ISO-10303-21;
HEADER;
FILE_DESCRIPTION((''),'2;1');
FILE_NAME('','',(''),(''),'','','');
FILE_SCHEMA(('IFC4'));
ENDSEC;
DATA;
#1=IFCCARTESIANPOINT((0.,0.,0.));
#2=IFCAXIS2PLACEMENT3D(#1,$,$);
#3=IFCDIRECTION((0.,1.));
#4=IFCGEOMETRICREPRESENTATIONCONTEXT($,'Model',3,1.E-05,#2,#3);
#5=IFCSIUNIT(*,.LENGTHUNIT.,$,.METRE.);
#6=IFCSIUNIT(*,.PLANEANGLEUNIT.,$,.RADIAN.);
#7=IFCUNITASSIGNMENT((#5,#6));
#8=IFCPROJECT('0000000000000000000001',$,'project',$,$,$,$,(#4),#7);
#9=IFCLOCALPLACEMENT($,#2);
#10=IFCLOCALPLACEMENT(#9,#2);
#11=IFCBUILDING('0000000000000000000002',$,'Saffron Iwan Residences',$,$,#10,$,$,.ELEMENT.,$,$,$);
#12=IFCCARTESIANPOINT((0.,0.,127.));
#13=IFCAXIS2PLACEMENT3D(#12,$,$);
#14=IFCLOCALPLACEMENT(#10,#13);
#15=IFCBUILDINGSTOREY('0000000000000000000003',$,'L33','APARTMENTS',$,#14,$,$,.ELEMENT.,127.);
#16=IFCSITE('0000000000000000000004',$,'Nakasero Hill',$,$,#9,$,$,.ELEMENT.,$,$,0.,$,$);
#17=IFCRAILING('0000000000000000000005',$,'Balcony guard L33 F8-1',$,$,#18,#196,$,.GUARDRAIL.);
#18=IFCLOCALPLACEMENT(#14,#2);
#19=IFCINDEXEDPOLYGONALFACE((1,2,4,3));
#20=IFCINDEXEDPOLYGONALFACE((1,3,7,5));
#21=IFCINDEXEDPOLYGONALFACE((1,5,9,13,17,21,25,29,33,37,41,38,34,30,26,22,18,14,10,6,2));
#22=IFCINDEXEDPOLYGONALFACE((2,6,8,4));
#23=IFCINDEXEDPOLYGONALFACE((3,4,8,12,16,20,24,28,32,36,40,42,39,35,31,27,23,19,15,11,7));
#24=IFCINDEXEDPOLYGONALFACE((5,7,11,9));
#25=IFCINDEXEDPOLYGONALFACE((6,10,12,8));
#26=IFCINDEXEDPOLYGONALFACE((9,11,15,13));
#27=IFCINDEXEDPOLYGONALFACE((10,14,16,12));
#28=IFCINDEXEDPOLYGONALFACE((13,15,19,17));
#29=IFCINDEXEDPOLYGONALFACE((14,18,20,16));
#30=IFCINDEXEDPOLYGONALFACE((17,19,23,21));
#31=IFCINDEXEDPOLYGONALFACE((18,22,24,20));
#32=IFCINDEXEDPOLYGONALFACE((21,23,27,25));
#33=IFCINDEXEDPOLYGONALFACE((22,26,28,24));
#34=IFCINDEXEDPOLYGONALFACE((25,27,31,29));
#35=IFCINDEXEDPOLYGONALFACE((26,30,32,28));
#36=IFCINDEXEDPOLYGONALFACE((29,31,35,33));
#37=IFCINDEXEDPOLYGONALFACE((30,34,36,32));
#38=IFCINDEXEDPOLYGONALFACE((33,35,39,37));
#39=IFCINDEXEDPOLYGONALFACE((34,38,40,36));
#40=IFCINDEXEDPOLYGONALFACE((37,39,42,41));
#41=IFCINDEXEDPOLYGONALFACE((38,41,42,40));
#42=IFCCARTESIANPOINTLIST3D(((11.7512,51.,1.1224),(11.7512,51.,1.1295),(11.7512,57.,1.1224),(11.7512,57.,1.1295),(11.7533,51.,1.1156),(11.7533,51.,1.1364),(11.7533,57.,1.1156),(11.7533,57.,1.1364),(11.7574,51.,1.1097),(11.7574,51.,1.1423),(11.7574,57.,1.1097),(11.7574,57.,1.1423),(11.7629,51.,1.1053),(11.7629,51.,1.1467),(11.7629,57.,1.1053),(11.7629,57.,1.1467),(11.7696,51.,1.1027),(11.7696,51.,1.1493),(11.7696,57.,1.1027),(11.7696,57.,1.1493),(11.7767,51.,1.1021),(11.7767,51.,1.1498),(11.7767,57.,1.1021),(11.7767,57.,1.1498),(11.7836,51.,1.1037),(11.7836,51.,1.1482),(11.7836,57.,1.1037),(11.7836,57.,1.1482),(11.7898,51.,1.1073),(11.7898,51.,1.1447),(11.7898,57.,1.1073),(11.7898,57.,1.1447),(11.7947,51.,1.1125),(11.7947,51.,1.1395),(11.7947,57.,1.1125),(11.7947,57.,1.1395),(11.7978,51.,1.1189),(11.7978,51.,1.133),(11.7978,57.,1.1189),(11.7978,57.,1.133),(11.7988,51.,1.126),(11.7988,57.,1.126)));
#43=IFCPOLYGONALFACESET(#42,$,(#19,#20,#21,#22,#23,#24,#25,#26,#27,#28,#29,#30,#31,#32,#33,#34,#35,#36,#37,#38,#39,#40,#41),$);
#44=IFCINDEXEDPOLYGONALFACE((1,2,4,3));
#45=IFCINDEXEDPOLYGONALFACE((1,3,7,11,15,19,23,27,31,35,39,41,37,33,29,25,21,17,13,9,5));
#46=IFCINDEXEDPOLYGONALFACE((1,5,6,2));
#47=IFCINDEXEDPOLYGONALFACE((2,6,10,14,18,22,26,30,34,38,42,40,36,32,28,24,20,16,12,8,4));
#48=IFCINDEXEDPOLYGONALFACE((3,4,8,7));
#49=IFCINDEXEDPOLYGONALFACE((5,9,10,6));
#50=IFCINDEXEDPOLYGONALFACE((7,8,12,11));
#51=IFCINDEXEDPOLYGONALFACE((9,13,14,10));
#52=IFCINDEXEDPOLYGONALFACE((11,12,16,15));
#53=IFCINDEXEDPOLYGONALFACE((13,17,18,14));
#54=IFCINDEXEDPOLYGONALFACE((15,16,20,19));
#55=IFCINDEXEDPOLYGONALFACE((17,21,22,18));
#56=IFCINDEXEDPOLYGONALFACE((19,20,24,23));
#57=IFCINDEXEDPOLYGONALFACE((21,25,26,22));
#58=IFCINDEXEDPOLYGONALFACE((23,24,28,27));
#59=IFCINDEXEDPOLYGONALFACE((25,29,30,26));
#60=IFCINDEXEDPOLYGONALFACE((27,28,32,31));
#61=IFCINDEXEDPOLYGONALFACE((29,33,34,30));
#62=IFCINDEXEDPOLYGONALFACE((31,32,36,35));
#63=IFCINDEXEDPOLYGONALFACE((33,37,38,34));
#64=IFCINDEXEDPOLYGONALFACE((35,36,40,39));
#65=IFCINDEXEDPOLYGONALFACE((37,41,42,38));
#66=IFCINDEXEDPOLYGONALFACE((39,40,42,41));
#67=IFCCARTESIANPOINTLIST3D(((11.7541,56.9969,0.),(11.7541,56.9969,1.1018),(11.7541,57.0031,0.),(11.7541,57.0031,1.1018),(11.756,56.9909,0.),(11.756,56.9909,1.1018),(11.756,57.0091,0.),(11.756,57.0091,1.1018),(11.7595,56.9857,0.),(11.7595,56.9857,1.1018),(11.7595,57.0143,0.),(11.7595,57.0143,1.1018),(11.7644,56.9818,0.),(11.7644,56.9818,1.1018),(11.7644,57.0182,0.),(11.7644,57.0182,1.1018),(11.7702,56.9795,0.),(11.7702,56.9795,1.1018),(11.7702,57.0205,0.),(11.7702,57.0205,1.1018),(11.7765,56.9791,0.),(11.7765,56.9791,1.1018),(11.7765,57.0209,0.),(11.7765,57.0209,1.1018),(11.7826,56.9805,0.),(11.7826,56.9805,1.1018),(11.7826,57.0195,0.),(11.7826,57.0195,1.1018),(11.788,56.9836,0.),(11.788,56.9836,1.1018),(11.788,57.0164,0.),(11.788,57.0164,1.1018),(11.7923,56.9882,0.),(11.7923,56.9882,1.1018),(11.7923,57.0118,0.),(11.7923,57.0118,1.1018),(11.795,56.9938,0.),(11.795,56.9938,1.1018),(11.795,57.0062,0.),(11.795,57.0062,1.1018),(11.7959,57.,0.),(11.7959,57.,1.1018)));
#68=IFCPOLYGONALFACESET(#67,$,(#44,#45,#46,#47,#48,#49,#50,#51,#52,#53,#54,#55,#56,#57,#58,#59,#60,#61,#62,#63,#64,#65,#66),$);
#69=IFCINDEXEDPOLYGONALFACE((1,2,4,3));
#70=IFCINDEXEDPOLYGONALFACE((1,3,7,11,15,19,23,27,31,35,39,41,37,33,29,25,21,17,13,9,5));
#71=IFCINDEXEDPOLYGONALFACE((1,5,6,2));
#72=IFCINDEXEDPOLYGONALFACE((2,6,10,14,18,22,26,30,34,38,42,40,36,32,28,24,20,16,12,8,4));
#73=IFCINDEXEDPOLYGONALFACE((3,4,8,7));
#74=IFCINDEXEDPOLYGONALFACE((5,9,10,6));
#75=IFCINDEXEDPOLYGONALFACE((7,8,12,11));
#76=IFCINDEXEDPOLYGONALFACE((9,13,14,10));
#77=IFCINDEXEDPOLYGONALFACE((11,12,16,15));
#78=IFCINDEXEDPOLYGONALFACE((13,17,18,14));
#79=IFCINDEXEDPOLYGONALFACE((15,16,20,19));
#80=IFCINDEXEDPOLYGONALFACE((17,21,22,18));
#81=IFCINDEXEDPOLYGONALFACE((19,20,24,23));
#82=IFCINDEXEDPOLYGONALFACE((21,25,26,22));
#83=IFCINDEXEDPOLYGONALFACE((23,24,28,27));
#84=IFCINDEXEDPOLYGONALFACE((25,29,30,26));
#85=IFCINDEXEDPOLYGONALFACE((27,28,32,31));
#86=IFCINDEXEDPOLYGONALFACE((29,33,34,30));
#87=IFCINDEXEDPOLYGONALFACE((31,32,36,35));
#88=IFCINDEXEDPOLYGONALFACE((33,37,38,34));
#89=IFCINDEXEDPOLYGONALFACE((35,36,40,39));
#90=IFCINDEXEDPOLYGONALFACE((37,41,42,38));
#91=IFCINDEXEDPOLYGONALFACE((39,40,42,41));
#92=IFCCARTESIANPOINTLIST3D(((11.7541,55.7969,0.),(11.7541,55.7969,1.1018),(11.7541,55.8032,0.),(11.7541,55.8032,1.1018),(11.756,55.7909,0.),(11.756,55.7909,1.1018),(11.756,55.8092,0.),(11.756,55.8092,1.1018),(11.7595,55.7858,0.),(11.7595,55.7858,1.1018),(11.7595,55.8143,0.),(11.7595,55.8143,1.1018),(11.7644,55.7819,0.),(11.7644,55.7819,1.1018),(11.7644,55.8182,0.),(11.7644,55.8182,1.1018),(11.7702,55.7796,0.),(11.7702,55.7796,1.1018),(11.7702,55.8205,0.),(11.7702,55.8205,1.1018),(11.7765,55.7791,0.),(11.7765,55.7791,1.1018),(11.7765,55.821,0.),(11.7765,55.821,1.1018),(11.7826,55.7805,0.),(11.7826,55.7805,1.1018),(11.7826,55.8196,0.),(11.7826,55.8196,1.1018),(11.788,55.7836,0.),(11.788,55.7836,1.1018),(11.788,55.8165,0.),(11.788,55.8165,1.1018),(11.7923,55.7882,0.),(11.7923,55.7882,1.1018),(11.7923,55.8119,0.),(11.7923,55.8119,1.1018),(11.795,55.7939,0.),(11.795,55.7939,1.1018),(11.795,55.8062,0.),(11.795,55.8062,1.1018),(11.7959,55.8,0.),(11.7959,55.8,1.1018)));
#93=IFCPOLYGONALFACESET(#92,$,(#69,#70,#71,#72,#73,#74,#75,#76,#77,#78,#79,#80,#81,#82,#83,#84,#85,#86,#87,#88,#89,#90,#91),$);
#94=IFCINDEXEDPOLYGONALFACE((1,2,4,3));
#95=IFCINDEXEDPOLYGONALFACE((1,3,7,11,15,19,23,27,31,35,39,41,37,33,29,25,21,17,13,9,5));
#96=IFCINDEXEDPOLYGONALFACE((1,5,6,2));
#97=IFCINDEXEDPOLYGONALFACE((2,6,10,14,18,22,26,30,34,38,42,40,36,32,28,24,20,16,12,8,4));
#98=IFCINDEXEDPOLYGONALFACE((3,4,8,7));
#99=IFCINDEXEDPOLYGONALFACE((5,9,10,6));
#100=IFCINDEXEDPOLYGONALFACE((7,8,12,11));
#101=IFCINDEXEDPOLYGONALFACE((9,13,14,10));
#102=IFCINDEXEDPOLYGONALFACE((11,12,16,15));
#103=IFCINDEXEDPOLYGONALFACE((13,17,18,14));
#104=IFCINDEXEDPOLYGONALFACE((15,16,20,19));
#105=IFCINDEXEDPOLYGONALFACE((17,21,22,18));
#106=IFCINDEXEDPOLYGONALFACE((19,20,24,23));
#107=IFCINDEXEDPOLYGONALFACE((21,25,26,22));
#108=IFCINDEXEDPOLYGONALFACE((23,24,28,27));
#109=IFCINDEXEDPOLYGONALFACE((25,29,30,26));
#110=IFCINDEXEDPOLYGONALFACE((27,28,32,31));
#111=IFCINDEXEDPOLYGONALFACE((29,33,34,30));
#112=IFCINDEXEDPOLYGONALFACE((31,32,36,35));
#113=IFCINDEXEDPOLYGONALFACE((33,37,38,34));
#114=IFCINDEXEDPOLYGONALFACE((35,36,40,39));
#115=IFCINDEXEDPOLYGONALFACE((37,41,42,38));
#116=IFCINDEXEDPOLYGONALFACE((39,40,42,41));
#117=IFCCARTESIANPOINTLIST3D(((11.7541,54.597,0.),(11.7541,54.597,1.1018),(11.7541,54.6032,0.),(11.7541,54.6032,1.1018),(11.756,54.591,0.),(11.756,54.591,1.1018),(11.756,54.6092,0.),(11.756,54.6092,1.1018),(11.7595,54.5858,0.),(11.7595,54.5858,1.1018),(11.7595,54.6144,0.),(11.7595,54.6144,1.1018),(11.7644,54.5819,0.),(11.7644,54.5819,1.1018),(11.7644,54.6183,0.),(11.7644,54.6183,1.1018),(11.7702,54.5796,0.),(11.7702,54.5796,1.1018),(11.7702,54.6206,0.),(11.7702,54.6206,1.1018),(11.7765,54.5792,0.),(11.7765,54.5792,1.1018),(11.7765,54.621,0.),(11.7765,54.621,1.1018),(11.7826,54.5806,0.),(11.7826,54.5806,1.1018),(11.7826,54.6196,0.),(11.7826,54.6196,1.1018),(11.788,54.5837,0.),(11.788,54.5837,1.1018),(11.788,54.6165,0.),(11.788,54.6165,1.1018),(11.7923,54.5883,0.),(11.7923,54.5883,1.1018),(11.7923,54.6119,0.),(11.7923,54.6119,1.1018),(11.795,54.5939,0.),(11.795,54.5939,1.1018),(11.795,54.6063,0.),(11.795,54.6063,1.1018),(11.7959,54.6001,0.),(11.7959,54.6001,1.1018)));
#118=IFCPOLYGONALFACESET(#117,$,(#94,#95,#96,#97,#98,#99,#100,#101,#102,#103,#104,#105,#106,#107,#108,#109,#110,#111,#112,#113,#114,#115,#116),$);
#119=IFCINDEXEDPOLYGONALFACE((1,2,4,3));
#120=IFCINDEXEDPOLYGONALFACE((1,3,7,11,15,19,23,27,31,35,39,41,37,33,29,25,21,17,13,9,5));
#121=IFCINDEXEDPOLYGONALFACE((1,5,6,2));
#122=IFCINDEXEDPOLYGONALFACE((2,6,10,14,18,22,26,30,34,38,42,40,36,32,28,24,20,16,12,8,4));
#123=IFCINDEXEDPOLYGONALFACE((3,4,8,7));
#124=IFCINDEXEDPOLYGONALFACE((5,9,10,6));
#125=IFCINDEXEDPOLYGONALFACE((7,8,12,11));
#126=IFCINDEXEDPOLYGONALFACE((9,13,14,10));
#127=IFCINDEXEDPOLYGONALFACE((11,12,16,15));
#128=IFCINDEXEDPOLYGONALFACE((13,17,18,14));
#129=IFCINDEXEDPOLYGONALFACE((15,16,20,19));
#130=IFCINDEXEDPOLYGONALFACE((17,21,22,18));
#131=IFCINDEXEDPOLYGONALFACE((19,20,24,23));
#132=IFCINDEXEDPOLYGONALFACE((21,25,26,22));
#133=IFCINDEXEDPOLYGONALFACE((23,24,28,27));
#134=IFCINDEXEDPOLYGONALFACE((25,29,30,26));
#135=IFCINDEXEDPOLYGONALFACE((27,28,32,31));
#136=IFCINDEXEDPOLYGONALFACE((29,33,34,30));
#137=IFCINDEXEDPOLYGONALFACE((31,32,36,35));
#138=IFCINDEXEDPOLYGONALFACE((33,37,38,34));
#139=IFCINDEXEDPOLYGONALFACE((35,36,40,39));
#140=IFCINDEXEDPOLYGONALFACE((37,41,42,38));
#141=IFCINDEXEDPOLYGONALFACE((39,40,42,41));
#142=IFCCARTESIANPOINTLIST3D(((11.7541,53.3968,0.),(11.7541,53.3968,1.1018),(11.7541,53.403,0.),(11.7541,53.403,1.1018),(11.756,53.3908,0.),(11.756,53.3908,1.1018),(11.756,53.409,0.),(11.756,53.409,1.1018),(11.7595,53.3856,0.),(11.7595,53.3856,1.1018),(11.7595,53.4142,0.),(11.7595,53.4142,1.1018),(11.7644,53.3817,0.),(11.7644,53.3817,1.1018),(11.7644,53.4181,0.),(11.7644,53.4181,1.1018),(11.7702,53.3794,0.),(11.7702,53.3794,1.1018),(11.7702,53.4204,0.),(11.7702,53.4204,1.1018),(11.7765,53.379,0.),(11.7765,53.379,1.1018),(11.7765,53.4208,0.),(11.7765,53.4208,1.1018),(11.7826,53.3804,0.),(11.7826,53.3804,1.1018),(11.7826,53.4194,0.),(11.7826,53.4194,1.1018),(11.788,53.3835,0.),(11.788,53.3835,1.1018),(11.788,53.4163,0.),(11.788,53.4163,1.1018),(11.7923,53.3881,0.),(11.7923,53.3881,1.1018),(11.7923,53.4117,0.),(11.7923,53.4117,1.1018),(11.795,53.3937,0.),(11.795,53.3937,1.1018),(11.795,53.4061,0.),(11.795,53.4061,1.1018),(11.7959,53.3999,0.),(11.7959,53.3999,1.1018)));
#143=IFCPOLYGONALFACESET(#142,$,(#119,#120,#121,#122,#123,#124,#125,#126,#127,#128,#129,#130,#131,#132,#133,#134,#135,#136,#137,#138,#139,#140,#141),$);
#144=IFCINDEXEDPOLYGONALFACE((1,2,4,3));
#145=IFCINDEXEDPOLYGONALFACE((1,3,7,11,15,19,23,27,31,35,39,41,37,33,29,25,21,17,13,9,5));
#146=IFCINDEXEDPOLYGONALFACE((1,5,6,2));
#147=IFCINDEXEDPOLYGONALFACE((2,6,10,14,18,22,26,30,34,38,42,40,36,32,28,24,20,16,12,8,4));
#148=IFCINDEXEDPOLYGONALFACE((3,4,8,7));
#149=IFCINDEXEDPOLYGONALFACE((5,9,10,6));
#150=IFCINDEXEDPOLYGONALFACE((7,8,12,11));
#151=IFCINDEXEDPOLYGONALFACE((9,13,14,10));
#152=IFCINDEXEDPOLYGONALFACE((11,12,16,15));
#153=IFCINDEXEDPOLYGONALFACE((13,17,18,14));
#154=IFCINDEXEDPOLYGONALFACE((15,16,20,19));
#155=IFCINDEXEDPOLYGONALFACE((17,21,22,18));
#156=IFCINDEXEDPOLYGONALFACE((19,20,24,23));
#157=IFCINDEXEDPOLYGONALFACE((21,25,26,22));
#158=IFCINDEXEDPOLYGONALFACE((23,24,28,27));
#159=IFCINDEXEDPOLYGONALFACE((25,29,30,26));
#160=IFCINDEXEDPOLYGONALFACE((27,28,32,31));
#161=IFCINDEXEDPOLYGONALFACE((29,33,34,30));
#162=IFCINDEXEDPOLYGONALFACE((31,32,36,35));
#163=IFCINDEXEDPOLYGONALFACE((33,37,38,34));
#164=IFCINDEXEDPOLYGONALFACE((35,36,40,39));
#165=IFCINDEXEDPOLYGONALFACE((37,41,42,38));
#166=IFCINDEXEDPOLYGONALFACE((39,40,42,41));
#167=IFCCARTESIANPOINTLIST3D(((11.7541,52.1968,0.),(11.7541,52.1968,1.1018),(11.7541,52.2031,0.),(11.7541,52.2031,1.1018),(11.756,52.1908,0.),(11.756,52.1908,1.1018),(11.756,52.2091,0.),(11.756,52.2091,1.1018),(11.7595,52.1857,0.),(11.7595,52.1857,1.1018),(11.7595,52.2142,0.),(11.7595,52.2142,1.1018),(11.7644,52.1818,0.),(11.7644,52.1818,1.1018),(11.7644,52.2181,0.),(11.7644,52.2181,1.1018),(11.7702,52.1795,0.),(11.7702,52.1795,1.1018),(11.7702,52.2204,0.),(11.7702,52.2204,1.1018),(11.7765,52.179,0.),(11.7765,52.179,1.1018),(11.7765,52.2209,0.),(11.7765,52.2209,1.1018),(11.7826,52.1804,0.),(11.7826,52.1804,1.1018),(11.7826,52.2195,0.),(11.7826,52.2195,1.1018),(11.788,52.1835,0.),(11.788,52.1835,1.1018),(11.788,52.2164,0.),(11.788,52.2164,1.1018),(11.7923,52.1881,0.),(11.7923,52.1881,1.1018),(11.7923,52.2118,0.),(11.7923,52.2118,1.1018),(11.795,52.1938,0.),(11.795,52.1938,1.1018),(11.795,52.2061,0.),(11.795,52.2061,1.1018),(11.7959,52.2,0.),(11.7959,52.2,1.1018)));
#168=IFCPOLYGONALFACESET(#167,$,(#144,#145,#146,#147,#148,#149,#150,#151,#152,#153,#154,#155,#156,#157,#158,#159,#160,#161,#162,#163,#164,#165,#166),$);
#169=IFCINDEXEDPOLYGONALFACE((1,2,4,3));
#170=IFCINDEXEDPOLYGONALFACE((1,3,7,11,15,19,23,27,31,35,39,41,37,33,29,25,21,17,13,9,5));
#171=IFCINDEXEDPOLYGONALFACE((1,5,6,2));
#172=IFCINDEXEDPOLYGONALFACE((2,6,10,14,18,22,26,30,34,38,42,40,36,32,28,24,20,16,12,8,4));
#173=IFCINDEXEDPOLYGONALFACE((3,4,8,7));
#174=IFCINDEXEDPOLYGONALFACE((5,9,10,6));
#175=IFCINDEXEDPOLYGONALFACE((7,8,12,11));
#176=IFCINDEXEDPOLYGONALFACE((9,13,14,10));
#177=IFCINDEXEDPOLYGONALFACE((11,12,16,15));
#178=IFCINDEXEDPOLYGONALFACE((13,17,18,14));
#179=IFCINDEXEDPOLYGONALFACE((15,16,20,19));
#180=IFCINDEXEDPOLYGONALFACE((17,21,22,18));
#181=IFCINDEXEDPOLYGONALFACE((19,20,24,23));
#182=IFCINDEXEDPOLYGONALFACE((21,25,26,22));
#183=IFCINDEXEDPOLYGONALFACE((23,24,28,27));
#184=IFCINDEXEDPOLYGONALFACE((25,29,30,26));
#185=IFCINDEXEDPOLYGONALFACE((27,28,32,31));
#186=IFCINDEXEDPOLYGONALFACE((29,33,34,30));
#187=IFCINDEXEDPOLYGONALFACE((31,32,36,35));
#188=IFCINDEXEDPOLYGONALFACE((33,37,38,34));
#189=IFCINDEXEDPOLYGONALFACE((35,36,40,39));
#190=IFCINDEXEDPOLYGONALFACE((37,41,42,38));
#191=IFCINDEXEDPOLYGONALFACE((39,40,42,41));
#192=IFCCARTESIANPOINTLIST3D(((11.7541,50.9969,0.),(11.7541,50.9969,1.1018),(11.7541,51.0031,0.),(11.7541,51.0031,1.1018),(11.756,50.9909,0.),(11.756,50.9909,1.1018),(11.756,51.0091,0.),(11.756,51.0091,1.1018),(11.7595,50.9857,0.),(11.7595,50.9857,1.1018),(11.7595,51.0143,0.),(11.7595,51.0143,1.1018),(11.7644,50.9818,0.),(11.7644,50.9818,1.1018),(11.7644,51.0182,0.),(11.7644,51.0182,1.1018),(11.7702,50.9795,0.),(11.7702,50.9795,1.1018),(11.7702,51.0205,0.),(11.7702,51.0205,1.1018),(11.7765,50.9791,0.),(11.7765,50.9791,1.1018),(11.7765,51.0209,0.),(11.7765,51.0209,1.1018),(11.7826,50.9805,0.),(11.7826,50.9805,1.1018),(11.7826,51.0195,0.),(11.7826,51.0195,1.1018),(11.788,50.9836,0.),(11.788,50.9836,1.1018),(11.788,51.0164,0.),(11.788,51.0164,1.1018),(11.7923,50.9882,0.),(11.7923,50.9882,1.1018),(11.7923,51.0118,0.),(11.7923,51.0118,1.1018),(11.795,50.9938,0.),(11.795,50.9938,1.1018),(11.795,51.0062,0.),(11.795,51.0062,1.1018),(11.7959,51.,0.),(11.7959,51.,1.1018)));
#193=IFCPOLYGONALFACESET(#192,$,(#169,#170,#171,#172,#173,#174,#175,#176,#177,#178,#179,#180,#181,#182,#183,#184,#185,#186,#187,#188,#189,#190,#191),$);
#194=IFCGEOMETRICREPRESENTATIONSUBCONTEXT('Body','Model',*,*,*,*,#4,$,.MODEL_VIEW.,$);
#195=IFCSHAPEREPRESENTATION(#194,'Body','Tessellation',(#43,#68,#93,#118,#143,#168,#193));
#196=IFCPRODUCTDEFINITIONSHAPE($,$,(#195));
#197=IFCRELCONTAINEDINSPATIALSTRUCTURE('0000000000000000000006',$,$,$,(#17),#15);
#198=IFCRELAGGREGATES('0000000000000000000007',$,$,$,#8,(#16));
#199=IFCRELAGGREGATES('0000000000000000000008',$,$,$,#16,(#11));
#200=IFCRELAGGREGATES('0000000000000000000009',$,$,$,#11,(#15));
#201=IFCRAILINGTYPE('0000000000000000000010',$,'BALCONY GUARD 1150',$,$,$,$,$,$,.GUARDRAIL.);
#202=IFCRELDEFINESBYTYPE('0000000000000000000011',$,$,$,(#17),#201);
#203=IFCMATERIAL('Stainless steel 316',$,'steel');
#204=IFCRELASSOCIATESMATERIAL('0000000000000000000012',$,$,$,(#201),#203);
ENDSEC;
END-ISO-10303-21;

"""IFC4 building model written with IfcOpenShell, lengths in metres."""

from ifc_helpers import new_model, si_unit, direction, frame, origin, origin_2d, place, context, subcontext, project, spatial, circle, extrude, material, type_object, element, save


model = new_model("IFC4")

# Units and contexts
model_context = context("Model", 3, precision=1e-05, world=origin(), true_north=direction((0.0, 1.0)))
body_context = subcontext(model_context, "Body", "Model", "MODEL_VIEW")
ifc_project = project(units=[si_unit("LENGTHUNIT", "METRE"), si_unit("PLANEANGLEUNIT", "RADIAN")], contexts=[model_context])

# Site, building, storey
site_placement = place(None, origin())
site = spatial("IfcSite", under=ifc_project, at=site_placement, Name="Nakasero Hill", CompositionType="ELEMENT", RefElevation=0.0)
building_placement = place(site_placement, origin())
building = spatial("IfcBuilding", under=site, at=building_placement, Name="Saffron Iwan Residences", CompositionType="ELEMENT")
storey_placement = place(building_placement, frame((0.0, 0.0, 127.0)))
storey = spatial("IfcBuildingStorey", under=building, at=storey_placement, Name="L33", Description="APARTMENTS", CompositionType="ELEMENT", Elevation=127.0)

# Railing
ifc_material_1 = material(Name="Stainless steel 316", Category="steel")
railing_type = type_object("IfcRailingType", Name="BALCONY GUARD 1150", PredefinedType="GUARDRAIL", material=ifc_material_1)
railing_placement = place(storey_placement, frame((11.7749, 57.0, 0.0)))
element("IfcRailing", 1, at=railing_placement, inside=storey, type_object=railing_type, Name="Balcony guard L33 F8-1", PredefinedType="GUARDRAIL", context=body_context, shape_type="SweptSolid", body=[
    extrude(circle(Radius=0.0239, at=origin_2d()), frame((0.0, 0.0, 1.126), z_axis=(0.0, -1.0, 0.0), x_axis=(1.0, 0.0, 0.0)), (0.0, 0.0, 1.0), 6.0),
    extrude(circle(Radius=0.021, at=origin_2d()), origin(), (0.0, 0.0, 1.0), 1.1018),
    extrude(circle(Radius=0.021, at=origin_2d()), frame((0.0, -1.2, 0.0)), (0.0, 0.0, 1.0), 1.1018),
    extrude(circle(Radius=0.021, at=origin_2d()), frame((0.0, -2.3999, 0.0)), (0.0, 0.0, 1.0), 1.1018),
    extrude(circle(Radius=0.021, at=origin_2d()), frame((0.0, -3.6001, 0.0)), (0.0, 0.0, 1.0), 1.1018),
    extrude(circle(Radius=0.021, at=origin_2d()), frame((0.0, -4.8, 0.0)), (0.0, 0.0, 1.0), 1.1018),
    extrude(circle(Radius=0.021, at=origin_2d()), frame((0.0, -6.0, 0.0)), (0.0, 0.0, 1.0), 1.1018),
])

save(model, "model.ifc")
